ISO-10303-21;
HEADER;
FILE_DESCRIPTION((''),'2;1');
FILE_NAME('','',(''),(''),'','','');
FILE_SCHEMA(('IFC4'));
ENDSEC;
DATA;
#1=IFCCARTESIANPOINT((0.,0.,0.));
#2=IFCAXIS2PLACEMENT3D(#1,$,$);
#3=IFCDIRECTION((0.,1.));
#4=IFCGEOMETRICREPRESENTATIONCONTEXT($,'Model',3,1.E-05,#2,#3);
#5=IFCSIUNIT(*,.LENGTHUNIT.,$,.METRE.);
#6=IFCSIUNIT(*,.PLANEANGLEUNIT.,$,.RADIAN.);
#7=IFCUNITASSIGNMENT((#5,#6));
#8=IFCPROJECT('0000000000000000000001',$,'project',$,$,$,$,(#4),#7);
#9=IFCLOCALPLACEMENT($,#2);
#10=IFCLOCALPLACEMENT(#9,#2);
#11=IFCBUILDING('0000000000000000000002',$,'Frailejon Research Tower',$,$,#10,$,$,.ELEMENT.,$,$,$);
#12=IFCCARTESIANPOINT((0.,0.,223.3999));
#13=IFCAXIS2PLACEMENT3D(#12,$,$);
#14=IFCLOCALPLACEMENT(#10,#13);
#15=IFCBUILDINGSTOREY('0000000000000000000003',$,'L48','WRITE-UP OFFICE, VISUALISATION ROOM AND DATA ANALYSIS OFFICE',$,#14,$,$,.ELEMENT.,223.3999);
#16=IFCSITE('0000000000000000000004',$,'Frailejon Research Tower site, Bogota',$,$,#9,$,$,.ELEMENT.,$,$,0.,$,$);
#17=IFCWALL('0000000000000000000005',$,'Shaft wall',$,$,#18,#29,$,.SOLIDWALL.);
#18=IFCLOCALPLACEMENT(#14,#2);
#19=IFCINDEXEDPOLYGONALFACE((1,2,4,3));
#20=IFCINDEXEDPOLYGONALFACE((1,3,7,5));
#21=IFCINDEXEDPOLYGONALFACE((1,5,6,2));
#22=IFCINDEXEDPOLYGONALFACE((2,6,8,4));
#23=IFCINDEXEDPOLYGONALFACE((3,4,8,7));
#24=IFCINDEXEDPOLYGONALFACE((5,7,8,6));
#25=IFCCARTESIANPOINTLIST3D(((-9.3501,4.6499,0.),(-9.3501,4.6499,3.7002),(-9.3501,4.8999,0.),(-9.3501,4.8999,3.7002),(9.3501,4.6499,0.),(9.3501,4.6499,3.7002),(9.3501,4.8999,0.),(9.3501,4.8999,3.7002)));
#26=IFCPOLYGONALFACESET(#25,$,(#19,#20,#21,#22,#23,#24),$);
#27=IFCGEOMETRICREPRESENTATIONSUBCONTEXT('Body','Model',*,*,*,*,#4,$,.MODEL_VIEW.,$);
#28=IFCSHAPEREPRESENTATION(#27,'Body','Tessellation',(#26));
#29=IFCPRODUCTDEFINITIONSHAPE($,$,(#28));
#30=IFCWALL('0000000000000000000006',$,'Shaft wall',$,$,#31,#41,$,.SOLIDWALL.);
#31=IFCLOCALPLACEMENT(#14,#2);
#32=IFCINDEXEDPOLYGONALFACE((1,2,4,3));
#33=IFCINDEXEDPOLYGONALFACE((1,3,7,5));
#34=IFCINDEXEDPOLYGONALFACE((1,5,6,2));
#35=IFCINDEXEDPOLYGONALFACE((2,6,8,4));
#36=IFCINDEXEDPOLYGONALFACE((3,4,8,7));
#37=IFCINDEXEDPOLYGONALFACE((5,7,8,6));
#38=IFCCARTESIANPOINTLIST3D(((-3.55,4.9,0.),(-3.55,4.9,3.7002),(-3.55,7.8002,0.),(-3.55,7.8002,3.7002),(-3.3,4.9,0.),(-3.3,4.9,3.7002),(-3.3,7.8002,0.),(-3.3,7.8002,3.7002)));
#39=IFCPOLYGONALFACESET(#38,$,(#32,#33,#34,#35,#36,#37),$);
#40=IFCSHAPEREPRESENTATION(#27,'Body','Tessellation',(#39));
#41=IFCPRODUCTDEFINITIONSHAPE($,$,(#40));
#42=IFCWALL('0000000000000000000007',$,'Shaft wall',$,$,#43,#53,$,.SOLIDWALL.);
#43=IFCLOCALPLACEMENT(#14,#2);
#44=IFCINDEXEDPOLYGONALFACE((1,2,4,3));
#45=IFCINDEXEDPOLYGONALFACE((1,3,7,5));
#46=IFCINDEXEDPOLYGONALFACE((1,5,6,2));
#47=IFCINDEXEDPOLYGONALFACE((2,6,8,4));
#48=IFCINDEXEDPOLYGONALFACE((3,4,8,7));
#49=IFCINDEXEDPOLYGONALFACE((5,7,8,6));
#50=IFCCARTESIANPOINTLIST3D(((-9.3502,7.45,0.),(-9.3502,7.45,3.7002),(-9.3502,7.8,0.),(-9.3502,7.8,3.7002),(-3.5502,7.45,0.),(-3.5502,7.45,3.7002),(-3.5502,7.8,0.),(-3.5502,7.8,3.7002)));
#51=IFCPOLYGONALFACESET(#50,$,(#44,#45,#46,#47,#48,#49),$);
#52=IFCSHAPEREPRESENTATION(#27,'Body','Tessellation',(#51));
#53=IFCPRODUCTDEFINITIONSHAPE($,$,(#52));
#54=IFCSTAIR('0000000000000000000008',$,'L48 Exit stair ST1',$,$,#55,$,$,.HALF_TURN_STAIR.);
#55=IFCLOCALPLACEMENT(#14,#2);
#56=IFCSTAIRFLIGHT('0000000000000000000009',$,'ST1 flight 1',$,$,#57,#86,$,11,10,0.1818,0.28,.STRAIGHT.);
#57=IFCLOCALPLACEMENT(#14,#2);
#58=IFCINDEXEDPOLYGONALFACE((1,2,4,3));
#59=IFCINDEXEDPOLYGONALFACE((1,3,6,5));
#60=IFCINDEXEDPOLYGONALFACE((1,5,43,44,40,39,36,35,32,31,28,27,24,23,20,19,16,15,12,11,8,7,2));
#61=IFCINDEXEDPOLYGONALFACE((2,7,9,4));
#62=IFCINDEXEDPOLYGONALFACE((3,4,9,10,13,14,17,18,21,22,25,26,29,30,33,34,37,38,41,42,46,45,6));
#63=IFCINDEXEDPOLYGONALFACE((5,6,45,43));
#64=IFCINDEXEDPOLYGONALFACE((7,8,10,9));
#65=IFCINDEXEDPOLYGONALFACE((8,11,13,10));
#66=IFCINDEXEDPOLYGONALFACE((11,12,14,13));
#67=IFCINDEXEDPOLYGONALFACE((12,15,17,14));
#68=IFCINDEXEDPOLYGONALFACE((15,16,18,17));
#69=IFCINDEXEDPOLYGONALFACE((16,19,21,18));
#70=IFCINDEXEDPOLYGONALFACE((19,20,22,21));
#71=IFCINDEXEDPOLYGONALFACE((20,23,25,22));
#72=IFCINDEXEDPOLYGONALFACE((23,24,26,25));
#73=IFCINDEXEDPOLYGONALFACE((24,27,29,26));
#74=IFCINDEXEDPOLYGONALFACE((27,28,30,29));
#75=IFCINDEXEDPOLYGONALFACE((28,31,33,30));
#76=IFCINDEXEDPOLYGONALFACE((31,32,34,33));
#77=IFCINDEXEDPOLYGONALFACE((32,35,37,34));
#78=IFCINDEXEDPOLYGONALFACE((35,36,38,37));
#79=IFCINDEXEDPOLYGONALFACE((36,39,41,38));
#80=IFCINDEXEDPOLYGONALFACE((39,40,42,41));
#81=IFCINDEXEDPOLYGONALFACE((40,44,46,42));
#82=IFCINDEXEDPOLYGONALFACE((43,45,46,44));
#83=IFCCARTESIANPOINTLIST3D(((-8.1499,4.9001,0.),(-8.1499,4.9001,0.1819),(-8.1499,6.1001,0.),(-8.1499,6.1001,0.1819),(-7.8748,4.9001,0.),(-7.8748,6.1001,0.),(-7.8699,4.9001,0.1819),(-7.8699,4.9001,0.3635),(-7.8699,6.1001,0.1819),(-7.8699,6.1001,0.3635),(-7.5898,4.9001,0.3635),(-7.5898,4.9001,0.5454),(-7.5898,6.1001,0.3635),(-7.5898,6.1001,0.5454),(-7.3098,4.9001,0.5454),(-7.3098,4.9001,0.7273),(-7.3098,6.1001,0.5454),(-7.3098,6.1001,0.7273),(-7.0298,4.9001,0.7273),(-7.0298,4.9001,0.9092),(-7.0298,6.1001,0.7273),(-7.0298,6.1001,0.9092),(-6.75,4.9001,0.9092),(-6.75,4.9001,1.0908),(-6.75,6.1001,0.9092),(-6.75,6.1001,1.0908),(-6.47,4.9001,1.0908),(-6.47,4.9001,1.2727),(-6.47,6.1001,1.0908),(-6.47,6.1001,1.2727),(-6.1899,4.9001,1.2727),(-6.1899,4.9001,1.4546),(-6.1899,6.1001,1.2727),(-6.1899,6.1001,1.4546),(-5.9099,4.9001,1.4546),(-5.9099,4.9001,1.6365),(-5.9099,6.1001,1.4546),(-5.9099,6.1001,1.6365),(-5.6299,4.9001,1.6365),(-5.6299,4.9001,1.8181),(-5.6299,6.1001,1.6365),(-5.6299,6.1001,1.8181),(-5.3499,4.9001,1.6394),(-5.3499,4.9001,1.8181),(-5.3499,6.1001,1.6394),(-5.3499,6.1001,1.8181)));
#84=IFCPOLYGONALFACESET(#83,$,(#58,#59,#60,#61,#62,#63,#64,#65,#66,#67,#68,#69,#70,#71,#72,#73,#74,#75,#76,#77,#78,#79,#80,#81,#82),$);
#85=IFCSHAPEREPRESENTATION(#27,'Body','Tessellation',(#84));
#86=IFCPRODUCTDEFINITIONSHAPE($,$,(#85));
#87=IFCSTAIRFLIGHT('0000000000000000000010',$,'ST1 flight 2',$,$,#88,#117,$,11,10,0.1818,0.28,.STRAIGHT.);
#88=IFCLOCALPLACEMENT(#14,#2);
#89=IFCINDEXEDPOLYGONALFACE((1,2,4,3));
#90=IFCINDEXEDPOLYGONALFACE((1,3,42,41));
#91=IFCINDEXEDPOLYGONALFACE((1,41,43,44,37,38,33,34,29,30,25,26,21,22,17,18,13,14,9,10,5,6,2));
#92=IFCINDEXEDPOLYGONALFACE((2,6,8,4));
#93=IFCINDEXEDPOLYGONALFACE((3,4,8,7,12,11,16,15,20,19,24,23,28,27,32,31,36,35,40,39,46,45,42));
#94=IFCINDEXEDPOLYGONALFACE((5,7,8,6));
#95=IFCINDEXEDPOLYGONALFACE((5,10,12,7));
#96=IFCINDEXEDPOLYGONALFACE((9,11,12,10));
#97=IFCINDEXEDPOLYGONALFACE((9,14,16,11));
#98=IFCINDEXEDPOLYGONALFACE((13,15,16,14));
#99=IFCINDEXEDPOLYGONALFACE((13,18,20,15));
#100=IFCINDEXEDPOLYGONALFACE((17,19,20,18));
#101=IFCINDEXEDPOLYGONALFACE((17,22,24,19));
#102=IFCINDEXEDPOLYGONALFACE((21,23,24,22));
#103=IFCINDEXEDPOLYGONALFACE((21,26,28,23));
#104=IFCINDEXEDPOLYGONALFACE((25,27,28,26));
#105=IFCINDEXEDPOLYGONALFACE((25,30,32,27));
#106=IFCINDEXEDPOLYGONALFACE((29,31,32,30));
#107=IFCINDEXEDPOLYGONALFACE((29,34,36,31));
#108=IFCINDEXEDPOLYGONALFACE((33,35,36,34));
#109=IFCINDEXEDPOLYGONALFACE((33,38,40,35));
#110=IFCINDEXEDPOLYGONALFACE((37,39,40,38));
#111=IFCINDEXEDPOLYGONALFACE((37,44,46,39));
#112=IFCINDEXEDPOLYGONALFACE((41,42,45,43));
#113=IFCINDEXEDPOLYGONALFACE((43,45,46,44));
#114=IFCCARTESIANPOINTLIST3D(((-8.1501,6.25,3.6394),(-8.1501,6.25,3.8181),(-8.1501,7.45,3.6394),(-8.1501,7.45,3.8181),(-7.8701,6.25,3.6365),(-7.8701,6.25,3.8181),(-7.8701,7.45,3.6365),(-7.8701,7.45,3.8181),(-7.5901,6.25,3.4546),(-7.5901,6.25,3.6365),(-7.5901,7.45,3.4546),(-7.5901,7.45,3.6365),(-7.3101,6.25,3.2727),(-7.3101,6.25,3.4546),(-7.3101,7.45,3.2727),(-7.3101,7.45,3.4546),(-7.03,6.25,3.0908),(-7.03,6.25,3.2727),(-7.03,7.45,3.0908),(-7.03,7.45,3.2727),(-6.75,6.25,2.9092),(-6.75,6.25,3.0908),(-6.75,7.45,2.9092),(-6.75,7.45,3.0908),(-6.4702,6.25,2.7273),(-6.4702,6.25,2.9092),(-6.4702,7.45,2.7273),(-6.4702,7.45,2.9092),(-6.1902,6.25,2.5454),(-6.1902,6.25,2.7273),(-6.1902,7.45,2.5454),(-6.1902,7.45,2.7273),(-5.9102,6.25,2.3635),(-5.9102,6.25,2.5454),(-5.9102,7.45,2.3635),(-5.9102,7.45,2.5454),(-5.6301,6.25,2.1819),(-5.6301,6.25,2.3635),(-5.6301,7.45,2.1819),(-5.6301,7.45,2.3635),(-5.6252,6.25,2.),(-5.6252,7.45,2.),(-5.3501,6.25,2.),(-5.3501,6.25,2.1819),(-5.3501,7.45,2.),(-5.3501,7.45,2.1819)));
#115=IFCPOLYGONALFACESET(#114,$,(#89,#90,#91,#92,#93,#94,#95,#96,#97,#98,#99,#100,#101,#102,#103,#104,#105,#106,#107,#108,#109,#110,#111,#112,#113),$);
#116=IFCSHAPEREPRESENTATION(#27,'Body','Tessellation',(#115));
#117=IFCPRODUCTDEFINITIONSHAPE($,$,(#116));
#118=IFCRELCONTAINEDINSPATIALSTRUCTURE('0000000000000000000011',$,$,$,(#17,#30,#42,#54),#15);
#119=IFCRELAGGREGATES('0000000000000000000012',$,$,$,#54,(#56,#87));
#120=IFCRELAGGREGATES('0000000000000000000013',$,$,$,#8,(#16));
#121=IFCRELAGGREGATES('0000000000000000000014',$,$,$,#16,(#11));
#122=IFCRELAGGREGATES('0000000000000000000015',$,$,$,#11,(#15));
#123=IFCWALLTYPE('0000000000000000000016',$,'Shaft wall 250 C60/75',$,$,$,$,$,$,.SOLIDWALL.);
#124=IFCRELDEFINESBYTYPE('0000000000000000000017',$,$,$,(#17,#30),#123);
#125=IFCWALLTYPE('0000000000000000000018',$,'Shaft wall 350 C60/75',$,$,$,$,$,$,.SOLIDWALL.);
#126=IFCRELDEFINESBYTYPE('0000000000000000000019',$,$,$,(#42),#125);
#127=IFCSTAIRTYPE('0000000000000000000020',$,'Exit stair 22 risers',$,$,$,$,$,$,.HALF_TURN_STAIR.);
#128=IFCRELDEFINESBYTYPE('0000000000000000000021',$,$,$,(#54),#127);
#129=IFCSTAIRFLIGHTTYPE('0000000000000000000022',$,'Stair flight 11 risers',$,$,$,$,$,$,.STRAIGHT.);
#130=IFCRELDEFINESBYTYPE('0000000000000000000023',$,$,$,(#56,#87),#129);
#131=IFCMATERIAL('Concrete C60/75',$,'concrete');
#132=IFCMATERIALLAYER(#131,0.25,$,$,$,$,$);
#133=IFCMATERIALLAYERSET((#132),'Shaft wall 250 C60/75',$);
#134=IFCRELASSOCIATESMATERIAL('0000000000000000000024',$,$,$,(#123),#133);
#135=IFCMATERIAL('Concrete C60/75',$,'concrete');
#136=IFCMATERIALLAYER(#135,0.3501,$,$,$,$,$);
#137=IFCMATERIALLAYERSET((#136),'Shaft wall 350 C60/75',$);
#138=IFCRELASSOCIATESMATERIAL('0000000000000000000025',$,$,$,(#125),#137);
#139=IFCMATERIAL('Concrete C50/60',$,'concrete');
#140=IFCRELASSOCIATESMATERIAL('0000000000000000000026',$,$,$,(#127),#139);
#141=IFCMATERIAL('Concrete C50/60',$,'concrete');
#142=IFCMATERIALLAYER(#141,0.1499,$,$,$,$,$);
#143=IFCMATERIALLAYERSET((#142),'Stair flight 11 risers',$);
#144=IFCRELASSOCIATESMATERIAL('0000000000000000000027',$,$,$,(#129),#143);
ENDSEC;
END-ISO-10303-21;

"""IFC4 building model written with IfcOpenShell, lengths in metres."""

from ifc_helpers import new_model, si_unit, direction, frame, frame_2d, origin, place, context, subcontext, project, spatial, polyline, rectangle, outline, extrude, material, layer, layer_set, type_object, element, aggregate, save


model = new_model("IFC4")

# Units and contexts
model_context = context("Model", 3, precision=1e-05, world=origin(), true_north=direction((0.0, 1.0)))
body_context = subcontext(model_context, "Body", "Model", "MODEL_VIEW")
ifc_project = project(units=[si_unit("LENGTHUNIT", "METRE"), si_unit("PLANEANGLEUNIT", "RADIAN")], contexts=[model_context])

# Site, building, storey
site_placement = place(None, origin())
site = spatial("IfcSite", under=ifc_project, at=site_placement, Name="Frailejon Research Tower site, Bogota", CompositionType="ELEMENT", RefElevation=0.0)
building_placement = place(site_placement, origin())
building = spatial("IfcBuilding", under=site, at=building_placement, Name="Frailejon Research Tower", CompositionType="ELEMENT")
storey_placement = place(building_placement, frame((0.0, 0.0, 223.3999)))
storey = spatial("IfcBuildingStorey", under=building, at=storey_placement, Name="L48", Description="WRITE-UP OFFICE, VISUALISATION ROOM AND DATA ANALYSIS OFFICE", CompositionType="ELEMENT", Elevation=223.3999)

# Shared definitions
ifc_material_1 = material(Name="Concrete C60/75", Category="concrete")
ifc_layer_1 = layer(ifc_material_1, 0.25)
ifc_layer_set_1 = layer_set([ifc_layer_1], Name="Shaft wall 250 C60/75")
wall_type_1 = type_object("IfcWallType", Name="Shaft wall 250 C60/75", PredefinedType="SOLIDWALL", material=ifc_layer_set_1)

# Walls
wall_1_placement = place(storey_placement, frame((-9.3501, 4.7749, 0.0), z_axis=(0.0, 0.0, 1.0), x_axis=(1.0, 0.0, 0.0)))
element("IfcWall", 1, at=wall_1_placement, inside=storey, type_object=wall_type_1, Name="Shaft wall", PredefinedType="SOLIDWALL", context=body_context, shape_type="SweptSolid", body=[
    extrude(rectangle(XDim=18.7002, YDim=0.25, at=frame_2d((9.3501, 0.0))), origin(), (0.0, 0.0, 1.0), 3.7002),
])
wall_2_placement = place(storey_placement, frame((-3.425, 4.8999, 0.0), z_axis=(0.0, 0.0, 1.0), x_axis=(0.0, 1.0, 0.0)))
element("IfcWall", 2, at=wall_2_placement, inside=storey, type_object=wall_type_1, Name="Shaft wall", PredefinedType="SOLIDWALL", context=body_context, shape_type="SweptSolid", body=[
    extrude(rectangle(XDim=2.9001, YDim=0.25, at=frame_2d((1.4502, 0.0))), origin(), (0.0, 0.0, 1.0), 3.7002),
])
ifc_material_2 = material(Name="Concrete C60/75", Category="concrete")
ifc_layer_2 = layer(ifc_material_2, 0.3501)
ifc_layer_set_2 = layer_set([ifc_layer_2], Name="Shaft wall 350 C60/75")
wall_type_2 = type_object("IfcWallType", Name="Shaft wall 350 C60/75", PredefinedType="SOLIDWALL", material=ifc_layer_set_2)
wall_3_placement = place(storey_placement, frame((-9.3501, 7.625, 0.0), z_axis=(0.0, 0.0, 1.0), x_axis=(1.0, 0.0, 0.0)))
element("IfcWall", 3, at=wall_3_placement, inside=storey, type_object=wall_type_2, Name="Shaft wall", PredefinedType="SOLIDWALL", context=body_context, shape_type="SweptSolid", body=[
    extrude(rectangle(XDim=5.8, YDim=0.3501, at=frame_2d((2.8999, 0.0))), origin(), (0.0, 0.0, 1.0), 3.7002),
])

# Stair, stair flights
ifc_material_3 = material(Name="Concrete C50/60", Category="concrete")
stair_type = type_object("IfcStairType", Name="Exit stair 22 risers", PredefinedType="HALF_TURN_STAIR", material=ifc_material_3)
stair_placement = place(storey_placement, origin())
stair = element("IfcStair", 4, at=stair_placement, inside=storey, type_object=stair_type, Name="L48 Exit stair ST1", PredefinedType="HALF_TURN_STAIR")
ifc_material_4 = material(Name="Concrete C50/60", Category="concrete")
ifc_layer_3 = layer(ifc_material_4, 0.1499)
ifc_layer_set_3 = layer_set([ifc_layer_3], Name="Stair flight 11 risers")
stair_flight_type = type_object("IfcStairFlightType", Name="Stair flight 11 risers", PredefinedType="STRAIGHT", material=ifc_layer_set_3)
stair_flight_1_placement = place(storey_placement, frame((-8.1499, 5.5, 0.0), z_axis=(0.0, 0.0, 1.0), x_axis=(1.0, 0.0, 0.0)))
stair_flight_1 = element("IfcStairFlight", 5, at=stair_flight_1_placement, type_object=stair_flight_type, Name="ST1 flight 1", NumberOfRisers=11, NumberOfTreads=10, PredefinedType="STRAIGHT", RiserHeight=0.1818, TreadLength=0.28, context=body_context, shape_type="SweptSolid", body=[
    extrude(outline(polyline([(0.0, 0.0), (0.0, 0.1819), (0.28, 0.1819), (0.28, 0.3635), (0.5601, 0.3635), (0.5601, 0.5454), (0.8401, 0.5454), (0.8401, 0.7273), (1.1201, 0.7273), (1.1201, 0.9092), (1.3999, 0.9092), (1.3999, 1.0908), (1.6799, 1.0908), (1.6799, 1.2727), (1.96, 1.2727), (1.96, 1.4546), (2.24, 1.4546), (2.24, 1.6365), (2.52, 1.6365), (2.52, 1.8181), (2.8, 1.8181), (2.8, 2.0), (2.8, 1.6394), (0.2751, 0.0), (0.0, 0.0)])), frame((0.0, 0.6001, 0.0), z_axis=(0.0, -1.0, 0.0), x_axis=(1.0, 0.0, 0.0)), (0.0, 0.0, 1.0), 1.2),
])
stair_flight_2_placement = place(storey_placement, frame((-5.3501, 6.8501, 2.0), z_axis=(0.0, 0.0, 1.0), x_axis=(-1.0, 0.0, 0.0)))
stair_flight_2 = element("IfcStairFlight", 6, at=stair_flight_2_placement, type_object=stair_flight_type, Name="ST1 flight 2", NumberOfRisers=11, NumberOfTreads=10, PredefinedType="STRAIGHT", RiserHeight=0.1818, TreadLength=0.28, context=body_context, shape_type="SweptSolid", body=[
    extrude(outline(polyline([(0.0, 0.0), (0.0, 0.1819), (0.28, 0.1819), (0.28, 0.3635), (0.5601, 0.3635), (0.5601, 0.5454), (0.8401, 0.5454), (0.8401, 0.7273), (1.1201, 0.7273), (1.1201, 0.9092), (1.3999, 0.9092), (1.3999, 1.0908), (1.6799, 1.0908), (1.6799, 1.2727), (1.96, 1.2727), (1.96, 1.4546), (2.24, 1.4546), (2.24, 1.6365), (2.52, 1.6365), (2.52, 1.8181), (2.8, 1.8181), (2.8, 2.0), (2.8, 1.6394), (0.2751, 0.0), (0.0, 0.0)])), frame((0.0, 0.6001, 0.0), z_axis=(0.0, -1.0, 0.0), x_axis=(1.0, 0.0, 0.0)), (0.0, 0.0, 1.0), 1.2),
])
aggregate(stair, [stair_flight_1, stair_flight_2])

save(model, "model.ifc")
